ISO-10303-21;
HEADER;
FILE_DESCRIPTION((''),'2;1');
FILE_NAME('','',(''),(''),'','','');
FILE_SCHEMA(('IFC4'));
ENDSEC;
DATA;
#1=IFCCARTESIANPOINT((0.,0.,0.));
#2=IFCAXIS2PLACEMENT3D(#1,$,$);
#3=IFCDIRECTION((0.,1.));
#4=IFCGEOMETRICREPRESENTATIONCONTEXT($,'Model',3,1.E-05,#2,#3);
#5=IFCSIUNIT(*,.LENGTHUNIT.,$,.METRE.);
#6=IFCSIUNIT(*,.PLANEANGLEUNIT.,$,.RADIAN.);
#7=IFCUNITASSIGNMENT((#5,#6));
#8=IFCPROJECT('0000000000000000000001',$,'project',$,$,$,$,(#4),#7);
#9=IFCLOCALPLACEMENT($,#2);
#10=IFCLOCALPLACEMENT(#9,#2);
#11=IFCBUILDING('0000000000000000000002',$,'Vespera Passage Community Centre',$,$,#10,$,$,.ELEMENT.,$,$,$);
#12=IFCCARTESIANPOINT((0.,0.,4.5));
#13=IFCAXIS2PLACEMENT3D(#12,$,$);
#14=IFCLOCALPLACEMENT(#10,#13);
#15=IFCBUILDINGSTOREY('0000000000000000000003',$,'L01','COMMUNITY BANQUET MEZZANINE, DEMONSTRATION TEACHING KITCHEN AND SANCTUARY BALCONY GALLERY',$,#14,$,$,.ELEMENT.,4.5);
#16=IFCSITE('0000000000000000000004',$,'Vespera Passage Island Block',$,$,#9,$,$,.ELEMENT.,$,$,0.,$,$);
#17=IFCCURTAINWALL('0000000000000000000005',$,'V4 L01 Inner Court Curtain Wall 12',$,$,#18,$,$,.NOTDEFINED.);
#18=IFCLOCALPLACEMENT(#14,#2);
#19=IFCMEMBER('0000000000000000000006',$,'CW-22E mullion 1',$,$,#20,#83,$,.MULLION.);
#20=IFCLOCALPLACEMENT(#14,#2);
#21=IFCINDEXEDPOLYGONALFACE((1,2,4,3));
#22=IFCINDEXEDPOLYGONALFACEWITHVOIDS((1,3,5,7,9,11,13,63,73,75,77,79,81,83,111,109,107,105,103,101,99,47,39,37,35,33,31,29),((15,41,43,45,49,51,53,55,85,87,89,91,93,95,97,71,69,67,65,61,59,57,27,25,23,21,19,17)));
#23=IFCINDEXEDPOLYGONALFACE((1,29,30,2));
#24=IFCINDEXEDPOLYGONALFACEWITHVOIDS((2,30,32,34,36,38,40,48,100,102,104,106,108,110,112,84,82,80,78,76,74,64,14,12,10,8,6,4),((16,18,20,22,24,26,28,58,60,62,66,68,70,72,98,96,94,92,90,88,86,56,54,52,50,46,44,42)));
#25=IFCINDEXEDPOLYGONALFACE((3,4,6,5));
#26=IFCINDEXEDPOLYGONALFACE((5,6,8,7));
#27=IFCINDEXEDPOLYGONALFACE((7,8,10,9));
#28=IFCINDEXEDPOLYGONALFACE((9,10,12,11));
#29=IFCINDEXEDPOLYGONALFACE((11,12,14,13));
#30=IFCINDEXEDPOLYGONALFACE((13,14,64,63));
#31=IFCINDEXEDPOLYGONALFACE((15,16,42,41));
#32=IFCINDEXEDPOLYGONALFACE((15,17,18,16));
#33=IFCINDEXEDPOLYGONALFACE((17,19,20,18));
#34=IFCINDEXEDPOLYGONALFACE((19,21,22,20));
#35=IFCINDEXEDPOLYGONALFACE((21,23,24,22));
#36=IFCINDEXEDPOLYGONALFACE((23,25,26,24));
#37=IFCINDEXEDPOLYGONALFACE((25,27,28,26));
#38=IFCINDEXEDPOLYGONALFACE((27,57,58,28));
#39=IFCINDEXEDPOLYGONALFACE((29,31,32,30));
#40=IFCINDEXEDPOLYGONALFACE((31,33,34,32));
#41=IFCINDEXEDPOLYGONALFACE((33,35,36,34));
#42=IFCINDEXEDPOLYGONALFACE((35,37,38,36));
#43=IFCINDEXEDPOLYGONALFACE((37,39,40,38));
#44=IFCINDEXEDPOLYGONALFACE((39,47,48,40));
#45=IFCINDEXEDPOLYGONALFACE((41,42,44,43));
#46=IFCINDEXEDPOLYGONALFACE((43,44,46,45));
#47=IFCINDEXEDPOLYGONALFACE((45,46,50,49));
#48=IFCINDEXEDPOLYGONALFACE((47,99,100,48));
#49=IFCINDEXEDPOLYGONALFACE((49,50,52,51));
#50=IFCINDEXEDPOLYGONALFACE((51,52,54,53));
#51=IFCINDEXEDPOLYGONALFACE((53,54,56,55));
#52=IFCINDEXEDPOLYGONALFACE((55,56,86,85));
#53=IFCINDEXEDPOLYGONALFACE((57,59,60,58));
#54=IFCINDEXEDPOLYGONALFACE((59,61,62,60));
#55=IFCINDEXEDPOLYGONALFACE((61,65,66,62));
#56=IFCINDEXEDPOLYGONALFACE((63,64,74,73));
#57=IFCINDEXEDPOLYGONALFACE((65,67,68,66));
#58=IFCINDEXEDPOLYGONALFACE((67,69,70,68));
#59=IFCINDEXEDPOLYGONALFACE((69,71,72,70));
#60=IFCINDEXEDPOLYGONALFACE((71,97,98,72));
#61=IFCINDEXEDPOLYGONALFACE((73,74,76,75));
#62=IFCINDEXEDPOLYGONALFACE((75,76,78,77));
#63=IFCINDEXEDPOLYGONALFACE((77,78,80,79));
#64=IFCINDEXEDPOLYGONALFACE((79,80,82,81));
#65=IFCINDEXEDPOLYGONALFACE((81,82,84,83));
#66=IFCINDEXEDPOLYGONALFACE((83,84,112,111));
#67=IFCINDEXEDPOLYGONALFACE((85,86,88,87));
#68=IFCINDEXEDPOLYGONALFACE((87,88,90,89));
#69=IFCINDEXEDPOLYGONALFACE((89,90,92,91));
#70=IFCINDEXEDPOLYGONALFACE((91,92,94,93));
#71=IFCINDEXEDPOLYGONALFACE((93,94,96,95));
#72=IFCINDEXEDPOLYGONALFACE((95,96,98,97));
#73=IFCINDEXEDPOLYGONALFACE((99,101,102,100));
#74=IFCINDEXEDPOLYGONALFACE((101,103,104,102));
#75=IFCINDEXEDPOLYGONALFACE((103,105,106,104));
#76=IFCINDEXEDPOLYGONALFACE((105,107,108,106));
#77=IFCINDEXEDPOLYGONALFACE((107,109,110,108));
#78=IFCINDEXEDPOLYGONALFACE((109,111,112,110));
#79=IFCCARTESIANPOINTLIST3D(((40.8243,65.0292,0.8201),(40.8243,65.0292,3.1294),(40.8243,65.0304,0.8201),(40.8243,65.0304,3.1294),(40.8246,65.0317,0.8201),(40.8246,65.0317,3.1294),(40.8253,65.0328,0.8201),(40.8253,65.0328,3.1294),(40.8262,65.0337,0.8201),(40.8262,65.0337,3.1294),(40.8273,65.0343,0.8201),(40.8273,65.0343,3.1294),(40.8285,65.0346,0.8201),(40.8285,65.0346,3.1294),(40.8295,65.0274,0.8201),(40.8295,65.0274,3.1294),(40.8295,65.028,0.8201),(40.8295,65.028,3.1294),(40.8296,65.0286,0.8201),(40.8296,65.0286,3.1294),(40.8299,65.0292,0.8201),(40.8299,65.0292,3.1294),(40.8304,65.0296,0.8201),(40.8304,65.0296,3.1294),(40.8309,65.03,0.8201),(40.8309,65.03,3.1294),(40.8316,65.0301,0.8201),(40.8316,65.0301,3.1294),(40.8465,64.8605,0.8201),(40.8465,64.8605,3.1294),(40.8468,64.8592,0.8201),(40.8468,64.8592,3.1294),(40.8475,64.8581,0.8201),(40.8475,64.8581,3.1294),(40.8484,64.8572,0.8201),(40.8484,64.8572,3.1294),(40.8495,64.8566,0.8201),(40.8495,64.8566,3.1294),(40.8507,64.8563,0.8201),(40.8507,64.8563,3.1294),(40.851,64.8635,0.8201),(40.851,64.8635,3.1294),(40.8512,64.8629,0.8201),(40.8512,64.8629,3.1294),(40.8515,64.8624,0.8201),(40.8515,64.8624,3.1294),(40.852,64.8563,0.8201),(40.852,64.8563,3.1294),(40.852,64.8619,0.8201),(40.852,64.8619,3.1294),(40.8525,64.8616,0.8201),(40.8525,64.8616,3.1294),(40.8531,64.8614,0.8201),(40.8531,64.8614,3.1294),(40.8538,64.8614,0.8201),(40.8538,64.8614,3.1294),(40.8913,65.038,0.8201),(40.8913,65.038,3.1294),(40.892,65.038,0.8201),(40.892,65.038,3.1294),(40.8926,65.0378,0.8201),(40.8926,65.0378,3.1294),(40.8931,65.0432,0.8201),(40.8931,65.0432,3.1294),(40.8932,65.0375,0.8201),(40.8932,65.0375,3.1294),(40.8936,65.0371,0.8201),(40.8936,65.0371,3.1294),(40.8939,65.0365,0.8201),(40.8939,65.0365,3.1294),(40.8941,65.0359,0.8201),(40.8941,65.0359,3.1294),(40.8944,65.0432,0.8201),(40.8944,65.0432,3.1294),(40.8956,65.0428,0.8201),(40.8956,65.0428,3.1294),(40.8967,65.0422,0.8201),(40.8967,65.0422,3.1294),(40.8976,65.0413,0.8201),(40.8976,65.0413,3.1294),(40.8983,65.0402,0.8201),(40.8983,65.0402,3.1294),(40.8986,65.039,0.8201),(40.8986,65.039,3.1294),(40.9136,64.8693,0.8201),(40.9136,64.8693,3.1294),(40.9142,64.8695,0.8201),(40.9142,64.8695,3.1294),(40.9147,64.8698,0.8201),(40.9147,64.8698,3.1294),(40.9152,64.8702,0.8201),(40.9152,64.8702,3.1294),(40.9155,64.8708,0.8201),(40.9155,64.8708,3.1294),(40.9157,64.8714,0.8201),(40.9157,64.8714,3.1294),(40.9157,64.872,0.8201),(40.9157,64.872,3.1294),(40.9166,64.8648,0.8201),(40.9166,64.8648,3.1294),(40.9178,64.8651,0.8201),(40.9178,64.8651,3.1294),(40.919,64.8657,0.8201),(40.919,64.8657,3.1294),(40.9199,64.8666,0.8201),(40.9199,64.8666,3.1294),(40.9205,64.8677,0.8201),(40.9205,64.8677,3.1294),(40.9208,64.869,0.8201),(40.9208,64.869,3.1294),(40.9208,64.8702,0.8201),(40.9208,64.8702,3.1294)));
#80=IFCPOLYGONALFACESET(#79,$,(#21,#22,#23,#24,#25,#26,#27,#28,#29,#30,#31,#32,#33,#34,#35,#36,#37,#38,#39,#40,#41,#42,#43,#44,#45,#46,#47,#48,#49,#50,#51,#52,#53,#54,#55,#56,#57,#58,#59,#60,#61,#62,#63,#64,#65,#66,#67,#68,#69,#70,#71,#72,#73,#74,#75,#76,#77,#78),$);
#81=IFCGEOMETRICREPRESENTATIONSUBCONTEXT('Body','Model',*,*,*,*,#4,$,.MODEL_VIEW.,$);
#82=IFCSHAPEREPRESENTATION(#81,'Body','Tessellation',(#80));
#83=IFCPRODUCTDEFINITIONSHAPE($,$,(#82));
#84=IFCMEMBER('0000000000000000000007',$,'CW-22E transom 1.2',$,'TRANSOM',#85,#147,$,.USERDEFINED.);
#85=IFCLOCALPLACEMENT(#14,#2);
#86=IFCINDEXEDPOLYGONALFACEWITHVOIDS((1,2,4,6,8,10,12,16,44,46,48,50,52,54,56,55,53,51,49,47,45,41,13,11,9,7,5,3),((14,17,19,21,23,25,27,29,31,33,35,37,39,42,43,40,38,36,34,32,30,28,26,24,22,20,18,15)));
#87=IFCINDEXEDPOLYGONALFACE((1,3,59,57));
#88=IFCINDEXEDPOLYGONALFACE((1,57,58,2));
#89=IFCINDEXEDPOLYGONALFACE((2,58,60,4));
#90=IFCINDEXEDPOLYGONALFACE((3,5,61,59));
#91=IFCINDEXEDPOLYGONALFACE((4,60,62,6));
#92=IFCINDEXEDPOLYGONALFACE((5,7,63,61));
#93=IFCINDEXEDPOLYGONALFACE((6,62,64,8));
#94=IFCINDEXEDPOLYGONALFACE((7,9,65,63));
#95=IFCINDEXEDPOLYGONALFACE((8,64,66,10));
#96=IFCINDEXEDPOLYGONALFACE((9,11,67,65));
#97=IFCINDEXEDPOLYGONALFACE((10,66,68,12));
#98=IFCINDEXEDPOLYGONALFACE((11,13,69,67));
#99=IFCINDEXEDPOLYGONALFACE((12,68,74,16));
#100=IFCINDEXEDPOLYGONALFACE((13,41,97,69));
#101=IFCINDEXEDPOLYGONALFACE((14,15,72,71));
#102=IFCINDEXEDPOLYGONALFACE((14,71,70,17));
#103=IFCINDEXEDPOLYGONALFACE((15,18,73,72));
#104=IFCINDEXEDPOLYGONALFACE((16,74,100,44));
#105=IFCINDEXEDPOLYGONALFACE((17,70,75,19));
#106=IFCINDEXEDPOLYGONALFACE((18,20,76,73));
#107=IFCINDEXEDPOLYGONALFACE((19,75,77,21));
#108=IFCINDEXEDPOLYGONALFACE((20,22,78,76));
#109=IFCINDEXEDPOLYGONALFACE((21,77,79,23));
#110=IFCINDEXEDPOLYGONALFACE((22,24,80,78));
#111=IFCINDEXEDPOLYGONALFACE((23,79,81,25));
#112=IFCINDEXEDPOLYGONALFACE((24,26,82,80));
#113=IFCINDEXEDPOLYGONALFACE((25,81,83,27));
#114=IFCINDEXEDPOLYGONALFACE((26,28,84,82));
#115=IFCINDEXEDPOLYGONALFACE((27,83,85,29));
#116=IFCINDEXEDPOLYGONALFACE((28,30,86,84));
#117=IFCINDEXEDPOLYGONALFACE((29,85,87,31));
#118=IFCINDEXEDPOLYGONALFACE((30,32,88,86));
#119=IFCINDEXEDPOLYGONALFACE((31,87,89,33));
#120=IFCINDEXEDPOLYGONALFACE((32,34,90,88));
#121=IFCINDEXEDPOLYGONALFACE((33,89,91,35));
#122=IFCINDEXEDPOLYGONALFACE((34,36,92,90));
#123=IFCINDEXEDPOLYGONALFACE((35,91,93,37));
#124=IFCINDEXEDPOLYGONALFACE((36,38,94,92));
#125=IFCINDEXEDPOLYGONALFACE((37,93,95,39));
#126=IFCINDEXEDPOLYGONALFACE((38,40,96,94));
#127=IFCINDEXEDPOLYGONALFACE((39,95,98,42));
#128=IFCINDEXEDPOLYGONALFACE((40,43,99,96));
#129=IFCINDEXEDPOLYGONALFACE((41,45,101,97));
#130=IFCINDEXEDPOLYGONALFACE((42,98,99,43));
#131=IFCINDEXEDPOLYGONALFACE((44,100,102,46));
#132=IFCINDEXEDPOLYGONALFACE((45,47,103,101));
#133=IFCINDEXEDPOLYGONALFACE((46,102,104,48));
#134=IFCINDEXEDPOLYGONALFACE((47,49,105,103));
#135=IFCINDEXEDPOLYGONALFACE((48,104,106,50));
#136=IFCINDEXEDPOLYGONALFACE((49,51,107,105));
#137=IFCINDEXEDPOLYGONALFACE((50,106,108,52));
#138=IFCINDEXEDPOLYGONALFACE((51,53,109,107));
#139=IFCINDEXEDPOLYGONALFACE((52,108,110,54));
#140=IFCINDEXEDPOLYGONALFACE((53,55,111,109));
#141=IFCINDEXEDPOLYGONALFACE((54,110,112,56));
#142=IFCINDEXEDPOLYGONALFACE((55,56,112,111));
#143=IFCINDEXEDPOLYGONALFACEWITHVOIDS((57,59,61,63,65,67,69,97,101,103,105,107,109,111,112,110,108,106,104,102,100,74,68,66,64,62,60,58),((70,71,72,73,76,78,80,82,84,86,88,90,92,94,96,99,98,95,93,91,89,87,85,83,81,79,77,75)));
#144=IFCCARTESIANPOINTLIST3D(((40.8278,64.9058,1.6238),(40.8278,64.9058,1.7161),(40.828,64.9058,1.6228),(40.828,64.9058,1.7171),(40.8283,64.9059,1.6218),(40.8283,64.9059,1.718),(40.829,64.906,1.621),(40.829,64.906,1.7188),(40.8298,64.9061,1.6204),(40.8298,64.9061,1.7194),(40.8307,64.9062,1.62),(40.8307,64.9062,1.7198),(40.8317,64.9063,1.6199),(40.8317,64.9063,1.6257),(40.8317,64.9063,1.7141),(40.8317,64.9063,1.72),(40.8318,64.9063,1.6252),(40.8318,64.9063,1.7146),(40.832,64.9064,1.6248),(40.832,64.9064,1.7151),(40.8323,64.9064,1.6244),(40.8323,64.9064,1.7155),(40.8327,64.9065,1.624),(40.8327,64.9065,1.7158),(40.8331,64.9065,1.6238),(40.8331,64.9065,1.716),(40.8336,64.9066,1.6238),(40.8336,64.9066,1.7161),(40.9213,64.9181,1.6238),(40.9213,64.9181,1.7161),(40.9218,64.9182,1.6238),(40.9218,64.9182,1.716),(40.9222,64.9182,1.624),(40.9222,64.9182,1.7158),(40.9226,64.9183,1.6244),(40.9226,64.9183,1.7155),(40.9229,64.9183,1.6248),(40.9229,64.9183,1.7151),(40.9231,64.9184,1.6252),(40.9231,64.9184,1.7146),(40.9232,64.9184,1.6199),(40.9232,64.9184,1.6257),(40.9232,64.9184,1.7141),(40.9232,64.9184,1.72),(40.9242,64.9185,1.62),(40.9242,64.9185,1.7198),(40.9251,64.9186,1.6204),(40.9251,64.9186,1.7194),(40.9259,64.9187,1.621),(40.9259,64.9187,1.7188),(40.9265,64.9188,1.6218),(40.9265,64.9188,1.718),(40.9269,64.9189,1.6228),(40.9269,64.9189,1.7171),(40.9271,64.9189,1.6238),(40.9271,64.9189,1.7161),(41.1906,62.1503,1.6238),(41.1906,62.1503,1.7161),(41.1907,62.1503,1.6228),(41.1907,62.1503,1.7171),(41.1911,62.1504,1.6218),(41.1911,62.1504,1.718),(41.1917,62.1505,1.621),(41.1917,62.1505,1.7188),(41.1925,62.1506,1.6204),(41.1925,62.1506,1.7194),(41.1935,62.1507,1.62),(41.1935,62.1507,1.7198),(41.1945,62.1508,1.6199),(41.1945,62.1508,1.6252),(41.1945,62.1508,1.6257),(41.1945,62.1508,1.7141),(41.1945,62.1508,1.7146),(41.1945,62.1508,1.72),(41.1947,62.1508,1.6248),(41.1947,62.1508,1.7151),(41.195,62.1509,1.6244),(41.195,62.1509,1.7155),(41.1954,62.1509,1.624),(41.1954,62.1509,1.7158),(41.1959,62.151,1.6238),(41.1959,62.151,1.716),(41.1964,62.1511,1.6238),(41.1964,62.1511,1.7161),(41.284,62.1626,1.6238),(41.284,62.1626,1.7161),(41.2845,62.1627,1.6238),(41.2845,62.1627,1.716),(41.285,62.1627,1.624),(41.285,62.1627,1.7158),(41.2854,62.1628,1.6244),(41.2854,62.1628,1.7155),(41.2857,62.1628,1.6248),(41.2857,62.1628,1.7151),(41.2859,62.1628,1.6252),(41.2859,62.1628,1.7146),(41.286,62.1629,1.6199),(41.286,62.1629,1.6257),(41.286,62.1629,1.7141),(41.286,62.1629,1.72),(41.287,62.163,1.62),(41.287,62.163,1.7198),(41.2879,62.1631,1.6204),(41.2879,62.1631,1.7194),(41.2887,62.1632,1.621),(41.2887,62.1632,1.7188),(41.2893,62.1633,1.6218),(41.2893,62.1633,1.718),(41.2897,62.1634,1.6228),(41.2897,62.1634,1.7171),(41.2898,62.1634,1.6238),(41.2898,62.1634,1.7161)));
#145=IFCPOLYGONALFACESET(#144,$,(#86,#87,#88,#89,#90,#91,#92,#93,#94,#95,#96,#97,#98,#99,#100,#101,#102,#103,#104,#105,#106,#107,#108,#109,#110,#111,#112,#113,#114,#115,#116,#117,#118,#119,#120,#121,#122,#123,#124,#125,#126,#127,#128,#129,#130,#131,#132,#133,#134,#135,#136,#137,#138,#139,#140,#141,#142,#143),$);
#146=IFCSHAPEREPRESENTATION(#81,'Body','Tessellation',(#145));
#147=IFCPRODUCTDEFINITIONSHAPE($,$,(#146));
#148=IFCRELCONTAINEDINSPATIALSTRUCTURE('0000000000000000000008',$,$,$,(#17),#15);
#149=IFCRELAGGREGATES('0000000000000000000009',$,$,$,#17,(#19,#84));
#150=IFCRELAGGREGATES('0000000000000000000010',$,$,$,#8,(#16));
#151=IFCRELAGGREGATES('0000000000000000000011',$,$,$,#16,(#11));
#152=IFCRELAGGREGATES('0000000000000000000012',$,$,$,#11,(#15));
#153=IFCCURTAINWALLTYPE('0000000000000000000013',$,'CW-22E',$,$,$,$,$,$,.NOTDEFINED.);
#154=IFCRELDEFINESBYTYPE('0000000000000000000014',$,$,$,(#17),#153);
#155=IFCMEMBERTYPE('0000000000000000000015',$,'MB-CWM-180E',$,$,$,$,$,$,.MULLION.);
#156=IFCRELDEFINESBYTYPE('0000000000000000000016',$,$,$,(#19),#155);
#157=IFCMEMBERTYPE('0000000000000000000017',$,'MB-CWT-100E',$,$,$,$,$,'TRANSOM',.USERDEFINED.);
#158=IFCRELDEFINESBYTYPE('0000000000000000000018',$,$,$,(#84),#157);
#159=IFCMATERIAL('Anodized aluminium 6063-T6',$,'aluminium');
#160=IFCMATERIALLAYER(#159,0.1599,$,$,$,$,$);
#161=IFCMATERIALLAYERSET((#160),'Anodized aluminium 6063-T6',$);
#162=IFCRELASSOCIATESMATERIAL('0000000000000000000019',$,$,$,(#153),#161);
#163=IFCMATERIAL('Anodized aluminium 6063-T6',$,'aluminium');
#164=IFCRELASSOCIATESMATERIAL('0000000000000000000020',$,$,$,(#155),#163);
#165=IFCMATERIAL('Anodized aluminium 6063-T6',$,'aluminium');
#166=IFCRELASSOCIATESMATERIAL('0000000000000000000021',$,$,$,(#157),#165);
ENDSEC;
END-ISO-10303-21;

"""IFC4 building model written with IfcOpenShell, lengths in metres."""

from ifc_helpers import new_model, si_unit, direction, frame, origin, origin_2d, place, context, subcontext, project, spatial, hollow_rectangle, extrude, material, layer, layer_set, material_profile, profile_set, type_object, element, aggregate, save


model = new_model("IFC4")

# Units and contexts
model_context = context("Model", 3, precision=1e-05, world=origin(), true_north=direction((0.0, 1.0)))
body_context = subcontext(model_context, "Body", "Model", "MODEL_VIEW")
ifc_project = project(units=[si_unit("LENGTHUNIT", "METRE"), si_unit("PLANEANGLEUNIT", "RADIAN")], contexts=[model_context])

# Site, building, storey
site_placement = place(None, origin())
site = spatial("IfcSite", under=ifc_project, at=site_placement, Name="Vespera Passage Island Block", CompositionType="ELEMENT", RefElevation=0.0)
building_placement = place(site_placement, origin())
building = spatial("IfcBuilding", under=site, at=building_placement, Name="Vespera Passage Community Centre", CompositionType="ELEMENT")
storey_placement = place(building_placement, frame((0.0, 0.0, 4.5)))
storey = spatial("IfcBuildingStorey", under=building, at=storey_placement, Name="L01", Description="COMMUNITY BANQUET MEZZANINE, DEMONSTRATION TEACHING KITCHEN AND SANCTUARY BALCONY GALLERY", CompositionType="ELEMENT", Elevation=4.5)

# Curtain wall, members
ifc_material_1 = material(Name="Anodized aluminium 6063-T6", Category="aluminium")
ifc_layer_1 = layer(ifc_material_1, 0.1599)
ifc_layer_set_1 = layer_set([ifc_layer_1], Name="Anodized aluminium 6063-T6")
curtain_wall_type_1 = type_object("IfcCurtainWallType", Name="CW-22E", PredefinedType="NOTDEFINED", material=ifc_layer_set_1)
curtain_wall_1_placement = place(storey_placement, origin())
curtain_wall_1 = element("IfcCurtainWall", 1, at=curtain_wall_1_placement, inside=storey, type_object=curtain_wall_type_1, Name="V4 L01 Inner Court Curtain Wall 12", PredefinedType="NOTDEFINED")
ifc_material_2 = material(Name="Anodized aluminium 6063-T6", Category="aluminium")
ifc_material_profile_1 = material_profile(ifc_material_2, hollow_rectangle(XDim=0.075, YDim=0.1799, WallThickness=0.0049, InnerFilletRadius=0.0024, OuterFilletRadius=0.0049, at=origin_2d()), Name="ALU180X75X5")
ifc_profile_set_1 = profile_set([ifc_material_profile_1], Name="Anodized aluminium 6063-T6")
member_type_1 = type_object("IfcMemberType", Name="MB-CWM-180E", PredefinedType="MULLION", material=ifc_profile_set_1)
member_1_placement = place(storey_placement, frame((40.8726, 64.9497, 0.8201), z_axis=(0.0, 0.0, 1.0), x_axis=(0.991445, 0.130522, 0.0)))
member_1 = element("IfcMember", 2, at=member_1_placement, type_object=member_type_1, Name="CW-22E mullion 1", PredefinedType="MULLION", context=body_context, shape_type="SweptSolid", body=[
    extrude(hollow_rectangle(XDim=0.075, YDim=0.1799, WallThickness=0.0049, InnerFilletRadius=0.0024, OuterFilletRadius=0.0049, at=origin_2d()), origin(), (0.0, 0.0, 1.0), 2.3093),
])
ifc_material_3 = material(Name="Anodized aluminium 6063-T6", Category="aluminium")
ifc_material_profile_2 = material_profile(ifc_material_3, hollow_rectangle(XDim=0.1001, YDim=0.1001, WallThickness=0.0039, InnerFilletRadius=0.002, OuterFilletRadius=0.0039, at=origin_2d()), Name="ALU100X100X4")
ifc_profile_set_2 = profile_set([ifc_material_profile_2], Name="Anodized aluminium 6063-T6")
member_type_2 = type_object("IfcMemberType", Name="MB-CWT-100E", ElementType="TRANSOM", PredefinedType="USERDEFINED", material=ifc_profile_set_2)
member_2_placement = place(storey_placement, frame((40.8774, 64.9124, 1.6699), z_axis=(0.130529, -0.991444, 0.0), x_axis=(0.991444, 0.130529, 0.0)))
member_2 = element("IfcMember", 3, at=member_2_placement, type_object=member_type_2, Name="CW-22E transom 1.2", ObjectType="TRANSOM", PredefinedType="USERDEFINED", context=body_context, shape_type="SweptSolid", body=[
    extrude(hollow_rectangle(XDim=0.1001, YDim=0.1001, WallThickness=0.0039, InnerFilletRadius=0.002, OuterFilletRadius=0.0039, at=origin_2d()), origin(), (0.0, 0.0, 1.0), 2.7793),
])
aggregate(curtain_wall_1, [member_1, member_2])

save(model, "model.ifc")
